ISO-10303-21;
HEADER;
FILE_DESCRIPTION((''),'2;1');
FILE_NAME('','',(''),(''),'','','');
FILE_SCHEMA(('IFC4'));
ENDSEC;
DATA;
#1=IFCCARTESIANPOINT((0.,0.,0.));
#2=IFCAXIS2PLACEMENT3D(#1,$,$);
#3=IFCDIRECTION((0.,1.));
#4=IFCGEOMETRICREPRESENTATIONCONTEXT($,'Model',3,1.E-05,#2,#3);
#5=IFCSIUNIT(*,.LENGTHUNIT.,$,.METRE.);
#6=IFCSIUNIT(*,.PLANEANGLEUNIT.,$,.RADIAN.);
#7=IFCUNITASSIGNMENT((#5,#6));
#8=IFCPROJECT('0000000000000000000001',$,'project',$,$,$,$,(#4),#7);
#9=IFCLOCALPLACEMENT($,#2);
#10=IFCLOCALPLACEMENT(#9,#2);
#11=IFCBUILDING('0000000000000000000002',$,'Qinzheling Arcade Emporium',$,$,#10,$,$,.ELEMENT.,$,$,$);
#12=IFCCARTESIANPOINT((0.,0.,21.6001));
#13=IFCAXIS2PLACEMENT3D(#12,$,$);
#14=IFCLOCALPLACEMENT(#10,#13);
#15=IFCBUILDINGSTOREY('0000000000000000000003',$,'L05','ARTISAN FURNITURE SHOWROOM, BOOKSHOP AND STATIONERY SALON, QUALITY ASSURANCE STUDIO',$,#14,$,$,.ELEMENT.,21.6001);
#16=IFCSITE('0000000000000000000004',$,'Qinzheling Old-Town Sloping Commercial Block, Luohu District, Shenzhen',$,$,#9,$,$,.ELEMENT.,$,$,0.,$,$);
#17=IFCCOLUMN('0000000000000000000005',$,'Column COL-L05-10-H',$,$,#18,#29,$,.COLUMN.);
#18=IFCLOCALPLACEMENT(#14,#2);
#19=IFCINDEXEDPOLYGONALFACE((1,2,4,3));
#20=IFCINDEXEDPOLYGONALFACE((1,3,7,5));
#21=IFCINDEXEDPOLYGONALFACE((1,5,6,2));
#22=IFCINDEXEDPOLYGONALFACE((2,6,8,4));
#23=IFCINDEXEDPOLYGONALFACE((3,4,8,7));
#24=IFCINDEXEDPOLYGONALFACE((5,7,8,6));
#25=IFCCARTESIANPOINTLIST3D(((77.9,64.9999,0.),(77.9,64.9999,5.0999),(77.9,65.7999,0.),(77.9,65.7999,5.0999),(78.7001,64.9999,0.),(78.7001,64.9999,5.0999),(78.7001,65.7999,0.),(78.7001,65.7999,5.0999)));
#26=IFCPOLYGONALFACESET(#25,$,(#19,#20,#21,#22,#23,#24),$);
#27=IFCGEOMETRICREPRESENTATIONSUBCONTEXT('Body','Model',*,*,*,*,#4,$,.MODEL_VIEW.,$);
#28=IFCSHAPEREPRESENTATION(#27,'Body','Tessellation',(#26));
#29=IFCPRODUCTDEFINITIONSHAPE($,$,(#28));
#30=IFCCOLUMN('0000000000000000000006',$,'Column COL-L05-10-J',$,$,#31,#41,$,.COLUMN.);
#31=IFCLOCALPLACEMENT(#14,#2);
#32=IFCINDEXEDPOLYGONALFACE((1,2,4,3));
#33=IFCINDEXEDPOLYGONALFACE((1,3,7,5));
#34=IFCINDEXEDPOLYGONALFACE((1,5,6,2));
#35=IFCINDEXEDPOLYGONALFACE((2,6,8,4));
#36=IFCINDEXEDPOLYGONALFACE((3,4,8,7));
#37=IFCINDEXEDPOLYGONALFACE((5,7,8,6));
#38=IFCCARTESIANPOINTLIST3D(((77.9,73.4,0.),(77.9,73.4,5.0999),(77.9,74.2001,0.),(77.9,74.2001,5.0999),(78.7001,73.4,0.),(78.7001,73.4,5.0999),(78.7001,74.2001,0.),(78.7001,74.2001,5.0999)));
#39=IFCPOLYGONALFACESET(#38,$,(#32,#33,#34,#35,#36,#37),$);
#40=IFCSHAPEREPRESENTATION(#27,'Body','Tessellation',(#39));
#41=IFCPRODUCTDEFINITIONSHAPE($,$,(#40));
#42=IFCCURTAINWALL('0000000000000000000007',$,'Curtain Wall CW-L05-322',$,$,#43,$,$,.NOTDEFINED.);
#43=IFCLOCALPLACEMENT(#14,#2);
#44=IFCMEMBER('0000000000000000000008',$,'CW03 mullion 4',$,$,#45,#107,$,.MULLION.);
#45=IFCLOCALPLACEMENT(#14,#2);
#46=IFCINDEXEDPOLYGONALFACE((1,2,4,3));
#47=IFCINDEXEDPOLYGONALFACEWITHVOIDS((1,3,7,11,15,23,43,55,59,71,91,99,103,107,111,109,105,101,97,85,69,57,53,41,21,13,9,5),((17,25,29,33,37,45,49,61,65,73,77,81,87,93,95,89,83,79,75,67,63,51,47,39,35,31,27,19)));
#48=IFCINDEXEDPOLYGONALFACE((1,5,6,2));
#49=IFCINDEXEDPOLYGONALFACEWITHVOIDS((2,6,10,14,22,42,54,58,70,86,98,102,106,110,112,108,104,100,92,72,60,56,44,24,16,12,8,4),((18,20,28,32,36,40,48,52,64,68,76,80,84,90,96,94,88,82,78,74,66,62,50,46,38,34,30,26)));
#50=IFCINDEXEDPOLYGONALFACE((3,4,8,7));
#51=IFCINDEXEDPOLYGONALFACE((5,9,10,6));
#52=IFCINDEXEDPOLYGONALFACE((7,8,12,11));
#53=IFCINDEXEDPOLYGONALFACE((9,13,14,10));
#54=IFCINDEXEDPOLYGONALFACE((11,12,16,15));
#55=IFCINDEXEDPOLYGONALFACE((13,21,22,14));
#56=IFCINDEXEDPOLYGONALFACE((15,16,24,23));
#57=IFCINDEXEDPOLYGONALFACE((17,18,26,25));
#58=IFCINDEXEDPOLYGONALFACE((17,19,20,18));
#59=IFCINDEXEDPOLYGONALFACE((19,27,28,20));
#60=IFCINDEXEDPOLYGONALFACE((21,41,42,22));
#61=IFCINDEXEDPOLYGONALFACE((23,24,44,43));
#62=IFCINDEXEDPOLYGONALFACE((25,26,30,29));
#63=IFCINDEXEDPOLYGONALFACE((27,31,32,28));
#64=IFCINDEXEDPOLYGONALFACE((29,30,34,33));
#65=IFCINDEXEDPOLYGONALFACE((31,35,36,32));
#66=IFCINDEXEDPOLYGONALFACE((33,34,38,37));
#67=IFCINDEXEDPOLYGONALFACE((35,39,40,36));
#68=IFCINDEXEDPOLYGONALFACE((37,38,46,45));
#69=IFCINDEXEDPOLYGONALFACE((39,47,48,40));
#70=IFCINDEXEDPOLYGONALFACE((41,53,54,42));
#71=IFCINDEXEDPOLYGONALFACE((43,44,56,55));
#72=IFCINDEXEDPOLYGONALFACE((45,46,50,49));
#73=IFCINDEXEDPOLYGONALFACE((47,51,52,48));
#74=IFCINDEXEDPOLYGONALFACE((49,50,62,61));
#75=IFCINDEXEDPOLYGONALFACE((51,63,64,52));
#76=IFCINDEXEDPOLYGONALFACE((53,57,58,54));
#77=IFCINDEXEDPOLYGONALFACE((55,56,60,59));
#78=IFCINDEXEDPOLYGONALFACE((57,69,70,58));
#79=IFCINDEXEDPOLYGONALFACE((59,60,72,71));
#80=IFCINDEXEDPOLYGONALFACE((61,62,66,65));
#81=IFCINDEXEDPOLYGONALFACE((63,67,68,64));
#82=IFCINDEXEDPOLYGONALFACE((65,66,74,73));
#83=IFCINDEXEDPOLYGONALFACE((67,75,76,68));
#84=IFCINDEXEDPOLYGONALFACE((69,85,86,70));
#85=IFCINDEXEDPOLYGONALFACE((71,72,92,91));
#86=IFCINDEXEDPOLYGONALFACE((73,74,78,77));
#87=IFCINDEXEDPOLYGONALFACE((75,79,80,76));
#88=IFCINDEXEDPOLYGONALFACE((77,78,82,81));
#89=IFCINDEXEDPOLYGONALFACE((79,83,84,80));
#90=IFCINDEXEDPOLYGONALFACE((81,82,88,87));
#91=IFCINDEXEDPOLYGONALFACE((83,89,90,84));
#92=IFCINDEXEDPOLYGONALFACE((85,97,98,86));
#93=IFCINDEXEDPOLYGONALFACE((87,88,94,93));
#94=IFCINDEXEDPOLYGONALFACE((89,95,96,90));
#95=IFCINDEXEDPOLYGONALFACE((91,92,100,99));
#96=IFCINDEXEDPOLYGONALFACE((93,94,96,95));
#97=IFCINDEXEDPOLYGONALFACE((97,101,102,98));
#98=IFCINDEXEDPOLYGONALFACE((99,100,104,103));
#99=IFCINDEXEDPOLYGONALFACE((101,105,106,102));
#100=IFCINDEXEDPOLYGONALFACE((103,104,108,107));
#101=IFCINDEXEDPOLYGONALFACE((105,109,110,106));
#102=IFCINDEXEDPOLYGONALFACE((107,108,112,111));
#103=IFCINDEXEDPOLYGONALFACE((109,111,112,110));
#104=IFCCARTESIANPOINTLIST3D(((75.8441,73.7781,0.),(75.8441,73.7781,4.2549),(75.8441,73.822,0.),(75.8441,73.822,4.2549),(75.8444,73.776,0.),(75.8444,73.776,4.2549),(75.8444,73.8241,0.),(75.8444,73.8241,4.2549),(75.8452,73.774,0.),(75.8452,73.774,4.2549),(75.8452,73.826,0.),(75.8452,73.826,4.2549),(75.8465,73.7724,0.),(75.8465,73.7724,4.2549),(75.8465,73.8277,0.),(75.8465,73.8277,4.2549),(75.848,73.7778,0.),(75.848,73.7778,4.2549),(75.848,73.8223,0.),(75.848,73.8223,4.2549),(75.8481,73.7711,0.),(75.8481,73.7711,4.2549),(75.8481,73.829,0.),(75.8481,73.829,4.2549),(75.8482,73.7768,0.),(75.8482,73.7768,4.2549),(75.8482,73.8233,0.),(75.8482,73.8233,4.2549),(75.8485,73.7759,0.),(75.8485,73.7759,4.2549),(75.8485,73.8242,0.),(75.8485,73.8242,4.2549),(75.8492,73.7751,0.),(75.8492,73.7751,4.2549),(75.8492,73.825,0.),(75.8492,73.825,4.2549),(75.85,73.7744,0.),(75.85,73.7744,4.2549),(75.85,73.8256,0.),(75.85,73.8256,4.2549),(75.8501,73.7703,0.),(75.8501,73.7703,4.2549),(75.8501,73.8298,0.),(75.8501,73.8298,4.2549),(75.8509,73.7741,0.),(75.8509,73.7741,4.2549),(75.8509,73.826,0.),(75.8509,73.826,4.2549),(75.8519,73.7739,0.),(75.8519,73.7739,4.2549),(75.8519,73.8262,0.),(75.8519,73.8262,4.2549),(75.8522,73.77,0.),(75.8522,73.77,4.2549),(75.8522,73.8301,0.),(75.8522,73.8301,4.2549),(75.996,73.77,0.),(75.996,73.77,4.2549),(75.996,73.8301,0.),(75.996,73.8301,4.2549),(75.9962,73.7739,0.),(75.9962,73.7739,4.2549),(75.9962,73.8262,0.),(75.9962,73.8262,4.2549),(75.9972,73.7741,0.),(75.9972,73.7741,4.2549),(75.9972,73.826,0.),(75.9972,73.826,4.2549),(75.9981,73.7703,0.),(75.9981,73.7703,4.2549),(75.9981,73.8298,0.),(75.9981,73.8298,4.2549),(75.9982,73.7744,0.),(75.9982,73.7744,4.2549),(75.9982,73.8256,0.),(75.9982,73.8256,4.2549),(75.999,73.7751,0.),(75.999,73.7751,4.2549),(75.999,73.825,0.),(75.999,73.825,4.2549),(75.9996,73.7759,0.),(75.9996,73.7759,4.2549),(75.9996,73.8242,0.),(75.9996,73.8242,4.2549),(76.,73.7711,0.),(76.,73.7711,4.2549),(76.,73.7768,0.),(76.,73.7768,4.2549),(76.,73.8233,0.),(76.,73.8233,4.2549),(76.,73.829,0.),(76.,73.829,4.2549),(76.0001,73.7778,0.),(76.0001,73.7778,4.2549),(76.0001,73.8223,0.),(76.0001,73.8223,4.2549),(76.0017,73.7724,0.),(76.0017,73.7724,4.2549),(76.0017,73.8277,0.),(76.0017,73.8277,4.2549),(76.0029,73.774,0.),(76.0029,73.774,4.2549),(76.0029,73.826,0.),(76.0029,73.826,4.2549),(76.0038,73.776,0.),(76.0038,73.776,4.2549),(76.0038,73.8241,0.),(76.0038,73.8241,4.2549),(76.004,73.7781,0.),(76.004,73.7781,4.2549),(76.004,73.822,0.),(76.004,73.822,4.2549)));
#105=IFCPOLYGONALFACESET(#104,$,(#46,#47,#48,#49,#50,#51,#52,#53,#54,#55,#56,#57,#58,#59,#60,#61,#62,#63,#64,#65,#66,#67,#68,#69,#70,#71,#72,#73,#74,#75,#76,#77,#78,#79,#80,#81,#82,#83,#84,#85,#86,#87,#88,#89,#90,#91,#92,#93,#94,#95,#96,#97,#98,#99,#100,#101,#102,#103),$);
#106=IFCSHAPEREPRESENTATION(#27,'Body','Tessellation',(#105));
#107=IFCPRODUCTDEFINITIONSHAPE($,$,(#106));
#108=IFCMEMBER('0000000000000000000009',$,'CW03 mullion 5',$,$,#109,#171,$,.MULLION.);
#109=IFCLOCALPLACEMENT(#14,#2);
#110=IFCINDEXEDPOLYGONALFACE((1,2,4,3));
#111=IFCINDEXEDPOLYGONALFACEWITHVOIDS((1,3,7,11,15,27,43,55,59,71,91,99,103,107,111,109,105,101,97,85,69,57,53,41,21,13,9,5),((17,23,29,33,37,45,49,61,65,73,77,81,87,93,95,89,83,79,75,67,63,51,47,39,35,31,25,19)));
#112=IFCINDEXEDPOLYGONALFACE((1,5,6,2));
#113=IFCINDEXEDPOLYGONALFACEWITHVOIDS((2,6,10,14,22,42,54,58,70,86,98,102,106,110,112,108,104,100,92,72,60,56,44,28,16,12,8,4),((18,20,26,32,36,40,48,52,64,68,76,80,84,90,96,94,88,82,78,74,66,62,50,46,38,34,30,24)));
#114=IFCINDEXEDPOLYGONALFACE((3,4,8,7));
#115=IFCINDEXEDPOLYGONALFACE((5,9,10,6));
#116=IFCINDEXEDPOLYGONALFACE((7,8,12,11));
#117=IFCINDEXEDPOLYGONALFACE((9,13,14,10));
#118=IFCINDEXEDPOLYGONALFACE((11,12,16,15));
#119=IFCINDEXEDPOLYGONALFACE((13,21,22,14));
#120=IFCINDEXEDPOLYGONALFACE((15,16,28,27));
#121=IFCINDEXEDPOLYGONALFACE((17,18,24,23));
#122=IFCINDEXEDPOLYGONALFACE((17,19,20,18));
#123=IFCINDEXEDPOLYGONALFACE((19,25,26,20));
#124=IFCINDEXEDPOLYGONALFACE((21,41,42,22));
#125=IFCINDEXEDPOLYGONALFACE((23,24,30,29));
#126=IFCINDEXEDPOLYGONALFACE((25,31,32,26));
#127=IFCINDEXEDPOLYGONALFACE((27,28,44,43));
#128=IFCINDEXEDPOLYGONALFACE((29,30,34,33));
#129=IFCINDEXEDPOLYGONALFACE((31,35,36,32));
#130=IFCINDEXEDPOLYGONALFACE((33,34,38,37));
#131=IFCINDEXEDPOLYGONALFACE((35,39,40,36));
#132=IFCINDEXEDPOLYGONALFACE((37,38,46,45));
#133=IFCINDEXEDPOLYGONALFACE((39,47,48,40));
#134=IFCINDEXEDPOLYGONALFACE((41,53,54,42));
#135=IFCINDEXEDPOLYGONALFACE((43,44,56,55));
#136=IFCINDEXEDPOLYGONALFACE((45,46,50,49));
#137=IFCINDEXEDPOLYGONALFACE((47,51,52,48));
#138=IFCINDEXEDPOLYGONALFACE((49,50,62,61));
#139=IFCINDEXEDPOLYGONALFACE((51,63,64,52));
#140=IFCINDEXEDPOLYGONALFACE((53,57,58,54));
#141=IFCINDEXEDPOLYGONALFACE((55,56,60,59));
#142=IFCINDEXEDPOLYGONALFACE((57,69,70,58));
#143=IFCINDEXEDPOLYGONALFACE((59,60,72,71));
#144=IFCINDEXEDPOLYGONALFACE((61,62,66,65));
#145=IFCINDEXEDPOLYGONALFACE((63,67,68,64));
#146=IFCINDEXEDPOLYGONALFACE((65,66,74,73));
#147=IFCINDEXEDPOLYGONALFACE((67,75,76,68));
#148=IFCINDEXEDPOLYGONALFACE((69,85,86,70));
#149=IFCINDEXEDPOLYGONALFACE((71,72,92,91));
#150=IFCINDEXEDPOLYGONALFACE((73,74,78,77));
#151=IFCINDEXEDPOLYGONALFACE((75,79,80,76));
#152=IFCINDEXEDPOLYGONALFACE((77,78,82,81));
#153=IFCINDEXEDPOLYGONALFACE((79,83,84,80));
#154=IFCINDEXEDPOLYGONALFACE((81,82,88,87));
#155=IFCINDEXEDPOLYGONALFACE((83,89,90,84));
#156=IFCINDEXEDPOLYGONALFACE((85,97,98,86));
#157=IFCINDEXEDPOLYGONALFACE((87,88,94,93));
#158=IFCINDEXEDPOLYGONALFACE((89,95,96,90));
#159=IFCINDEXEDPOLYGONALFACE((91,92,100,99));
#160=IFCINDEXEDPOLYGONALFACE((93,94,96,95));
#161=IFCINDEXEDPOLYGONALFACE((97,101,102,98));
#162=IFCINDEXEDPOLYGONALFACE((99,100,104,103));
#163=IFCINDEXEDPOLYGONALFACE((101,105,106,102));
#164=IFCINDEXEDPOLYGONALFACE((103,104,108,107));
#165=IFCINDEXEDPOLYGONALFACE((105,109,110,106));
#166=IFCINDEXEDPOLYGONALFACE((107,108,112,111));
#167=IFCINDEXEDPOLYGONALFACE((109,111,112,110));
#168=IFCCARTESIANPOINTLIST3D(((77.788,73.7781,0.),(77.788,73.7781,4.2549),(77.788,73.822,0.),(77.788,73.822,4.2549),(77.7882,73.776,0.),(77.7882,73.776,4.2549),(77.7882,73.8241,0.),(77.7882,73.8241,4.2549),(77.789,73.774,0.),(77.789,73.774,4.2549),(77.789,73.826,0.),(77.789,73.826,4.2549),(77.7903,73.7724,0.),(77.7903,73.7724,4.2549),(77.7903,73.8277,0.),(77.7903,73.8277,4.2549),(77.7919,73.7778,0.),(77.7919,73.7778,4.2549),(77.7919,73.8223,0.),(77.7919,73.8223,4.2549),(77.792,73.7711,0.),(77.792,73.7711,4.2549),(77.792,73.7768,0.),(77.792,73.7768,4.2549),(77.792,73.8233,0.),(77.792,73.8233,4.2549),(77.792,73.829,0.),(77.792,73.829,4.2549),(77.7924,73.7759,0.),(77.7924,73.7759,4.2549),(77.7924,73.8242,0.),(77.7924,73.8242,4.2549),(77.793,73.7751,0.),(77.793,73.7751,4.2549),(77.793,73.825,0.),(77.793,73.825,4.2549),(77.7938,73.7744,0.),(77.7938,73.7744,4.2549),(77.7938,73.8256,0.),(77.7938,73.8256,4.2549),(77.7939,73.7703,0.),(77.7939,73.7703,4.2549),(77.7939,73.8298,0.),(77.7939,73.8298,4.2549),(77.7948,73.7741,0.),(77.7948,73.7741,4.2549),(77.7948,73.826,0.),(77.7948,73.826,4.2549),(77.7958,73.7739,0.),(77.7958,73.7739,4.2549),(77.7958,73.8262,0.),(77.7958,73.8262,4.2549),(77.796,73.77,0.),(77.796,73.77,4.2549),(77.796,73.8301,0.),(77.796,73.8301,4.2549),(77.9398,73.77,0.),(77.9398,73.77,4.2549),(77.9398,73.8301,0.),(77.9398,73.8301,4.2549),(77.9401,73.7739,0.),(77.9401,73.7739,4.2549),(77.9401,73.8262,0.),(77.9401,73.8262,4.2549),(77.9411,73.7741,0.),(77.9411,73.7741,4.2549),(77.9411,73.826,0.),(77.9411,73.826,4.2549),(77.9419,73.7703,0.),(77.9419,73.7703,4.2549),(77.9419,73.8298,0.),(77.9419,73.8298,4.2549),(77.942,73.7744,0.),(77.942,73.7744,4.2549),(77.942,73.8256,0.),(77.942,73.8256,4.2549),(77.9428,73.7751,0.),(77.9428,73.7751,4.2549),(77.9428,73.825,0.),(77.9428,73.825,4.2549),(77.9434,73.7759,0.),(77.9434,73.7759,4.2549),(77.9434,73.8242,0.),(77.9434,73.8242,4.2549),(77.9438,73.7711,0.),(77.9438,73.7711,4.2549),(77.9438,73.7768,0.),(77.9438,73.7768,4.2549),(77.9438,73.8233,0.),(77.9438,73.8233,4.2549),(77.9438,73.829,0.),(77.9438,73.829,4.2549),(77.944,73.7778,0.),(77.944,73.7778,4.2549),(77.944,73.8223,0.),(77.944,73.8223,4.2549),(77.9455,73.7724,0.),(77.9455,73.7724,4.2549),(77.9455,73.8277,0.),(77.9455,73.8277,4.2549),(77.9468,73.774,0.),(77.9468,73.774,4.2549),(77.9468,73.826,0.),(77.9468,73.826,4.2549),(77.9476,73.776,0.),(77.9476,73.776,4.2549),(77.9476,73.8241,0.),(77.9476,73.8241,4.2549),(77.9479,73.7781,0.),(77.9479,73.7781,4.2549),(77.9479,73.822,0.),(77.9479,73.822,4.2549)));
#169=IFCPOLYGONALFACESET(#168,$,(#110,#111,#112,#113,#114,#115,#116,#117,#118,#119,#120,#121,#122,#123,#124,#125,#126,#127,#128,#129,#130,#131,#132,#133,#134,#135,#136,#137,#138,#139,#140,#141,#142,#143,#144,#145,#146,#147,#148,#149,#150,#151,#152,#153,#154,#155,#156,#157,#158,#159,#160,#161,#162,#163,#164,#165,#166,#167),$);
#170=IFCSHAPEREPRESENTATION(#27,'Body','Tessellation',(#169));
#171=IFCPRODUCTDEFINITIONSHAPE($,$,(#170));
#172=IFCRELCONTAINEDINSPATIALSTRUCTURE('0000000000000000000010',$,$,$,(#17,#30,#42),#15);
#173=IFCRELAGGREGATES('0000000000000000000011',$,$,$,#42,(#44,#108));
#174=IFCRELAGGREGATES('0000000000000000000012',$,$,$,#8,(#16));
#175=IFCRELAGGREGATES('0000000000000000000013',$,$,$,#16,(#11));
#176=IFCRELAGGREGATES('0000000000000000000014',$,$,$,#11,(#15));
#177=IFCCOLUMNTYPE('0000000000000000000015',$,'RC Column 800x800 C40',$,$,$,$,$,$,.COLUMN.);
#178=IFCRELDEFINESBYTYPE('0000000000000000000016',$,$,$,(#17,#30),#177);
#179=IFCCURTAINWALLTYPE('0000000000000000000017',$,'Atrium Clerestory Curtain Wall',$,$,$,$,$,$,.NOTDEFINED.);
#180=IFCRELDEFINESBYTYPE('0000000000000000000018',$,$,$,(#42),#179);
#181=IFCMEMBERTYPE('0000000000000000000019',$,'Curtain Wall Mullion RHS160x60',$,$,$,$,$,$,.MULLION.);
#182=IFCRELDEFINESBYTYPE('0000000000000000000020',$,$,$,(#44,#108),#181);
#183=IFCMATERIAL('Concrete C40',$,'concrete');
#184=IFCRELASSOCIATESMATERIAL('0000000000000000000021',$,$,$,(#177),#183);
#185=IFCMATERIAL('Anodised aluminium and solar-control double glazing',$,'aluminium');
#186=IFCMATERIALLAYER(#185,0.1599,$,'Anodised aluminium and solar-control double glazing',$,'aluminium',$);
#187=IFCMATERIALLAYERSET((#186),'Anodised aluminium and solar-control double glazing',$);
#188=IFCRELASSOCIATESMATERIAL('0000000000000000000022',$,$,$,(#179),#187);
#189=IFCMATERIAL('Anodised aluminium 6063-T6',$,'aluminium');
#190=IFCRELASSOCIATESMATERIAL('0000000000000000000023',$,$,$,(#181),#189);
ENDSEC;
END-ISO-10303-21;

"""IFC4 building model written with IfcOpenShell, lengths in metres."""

from ifc_helpers import new_model, si_unit, direction, frame, origin, origin_2d, place, context, subcontext, project, spatial, rectangle, hollow_rectangle, extrude, material, layer, layer_set, material_profile, profile_set, type_object, element, aggregate, save


model = new_model("IFC4")

# Units and contexts
model_context = context("Model", 3, precision=1e-05, world=origin(), true_north=direction((0.0, 1.0)))
body_context = subcontext(model_context, "Body", "Model", "MODEL_VIEW")
ifc_project = project(units=[si_unit("LENGTHUNIT", "METRE"), si_unit("PLANEANGLEUNIT", "RADIAN")], contexts=[model_context])

# Site, building, storey
site_placement = place(None, origin())
site = spatial("IfcSite", under=ifc_project, at=site_placement, Name="Qinzheling Old-Town Sloping Commercial Block, Luohu District, Shenzhen", CompositionType="ELEMENT", RefElevation=0.0)
building_placement = place(site_placement, origin())
building = spatial("IfcBuilding", under=site, at=building_placement, Name="Qinzheling Arcade Emporium", CompositionType="ELEMENT")
storey_placement = place(building_placement, frame((0.0, 0.0, 21.6001)))
storey = spatial("IfcBuildingStorey", under=building, at=storey_placement, Name="L05", Description="ARTISAN FURNITURE SHOWROOM, BOOKSHOP AND STATIONERY SALON, QUALITY ASSURANCE STUDIO", CompositionType="ELEMENT", Elevation=21.6001)

# Columns
ifc_material_1 = material(Name="Concrete C40", Category="concrete")
ifc_material_profile_1 = material_profile(ifc_material_1, rectangle(XDim=0.8, YDim=0.8, at=origin_2d()), Name="RC 800x800", Category="concrete")
ifc_profile_set_1 = profile_set([ifc_material_profile_1], Name="Concrete C40")
column_type = type_object("IfcColumnType", Name="RC Column 800x800 C40", PredefinedType="COLUMN", material=ifc_profile_set_1)
for number, where, z_axis, x_axis, name in (
    (1, (78.3, 65.3999, 0.0), (0.0, 0.0, 1.0), (1.0, 0.0, 0.0), "Column COL-L05-10-H"),
    (2, (78.3, 73.8, 0.0), (0.0, 0.0, 1.0), (1.0, 0.0, 0.0), "Column COL-L05-10-J"),
):
    element("IfcColumn", number, at=place(storey_placement, frame(where, z_axis=z_axis, x_axis=x_axis)), inside=storey, type_object=column_type, Name=name, PredefinedType="COLUMN", context=body_context, shape_type="SweptSolid", body=[
        extrude(rectangle(XDim=0.8, YDim=0.8, at=origin_2d()), origin(), (0.0, 0.0, 1.0), 5.0999),
    ])

# Curtain wall, members
ifc_material_2 = material(Name="Anodised aluminium and solar-control double glazing", Category="aluminium")
ifc_layer_1 = layer(ifc_material_2, 0.1599, Name="Anodised aluminium and solar-control double glazing", Category="aluminium")
ifc_layer_set_1 = layer_set([ifc_layer_1], Name="Anodised aluminium and solar-control double glazing")
curtain_wall_type = type_object("IfcCurtainWallType", Name="Atrium Clerestory Curtain Wall", PredefinedType="NOTDEFINED", material=ifc_layer_set_1)
curtain_wall_1_placement = place(storey_placement, origin())
curtain_wall_1 = element("IfcCurtainWall", 3, at=curtain_wall_1_placement, inside=storey, type_object=curtain_wall_type, Name="Curtain Wall CW-L05-322", PredefinedType="NOTDEFINED")
ifc_material_3 = material(Name="Anodised aluminium 6063-T6", Category="aluminium")
ifc_material_profile_2 = material_profile(ifc_material_3, hollow_rectangle(XDim=0.0601, YDim=0.1599, WallThickness=0.0039, InnerFilletRadius=0.0039, OuterFilletRadius=0.0081, at=origin_2d()), Name="RHS 160x60x4", Category="aluminium")
ifc_profile_set_2 = profile_set([ifc_material_profile_2], Name="Anodised aluminium 6063-T6")
member_type_1 = type_object("IfcMemberType", Name="Curtain Wall Mullion RHS160x60", PredefinedType="MULLION", material=ifc_profile_set_2)
member_1_placement = place(storey_placement, frame((75.9241, 73.8, 0.0), z_axis=(0.0, 0.0, 1.0), x_axis=(0.0, 1.0, 0.0)))
member_1 = element("IfcMember", 4, at=member_1_placement, type_object=member_type_1, Name="CW03 mullion 4", PredefinedType="MULLION", context=body_context, shape_type="SweptSolid", body=[
    extrude(hollow_rectangle(XDim=0.0601, YDim=0.1599, WallThickness=0.0039, InnerFilletRadius=0.0039, OuterFilletRadius=0.0081, at=origin_2d()), origin(), (0.0, 0.0, 1.0), 4.2549),
])
member_2_placement = place(storey_placement, frame((77.8679, 73.8, 0.0), z_axis=(0.0, 0.0, 1.0), x_axis=(0.0, 1.0, 0.0)))
member_2 = element("IfcMember", 5, at=member_2_placement, type_object=member_type_1, Name="CW03 mullion 5", PredefinedType="MULLION", context=body_context, shape_type="SweptSolid", body=[
    extrude(hollow_rectangle(XDim=0.0601, YDim=0.1599, WallThickness=0.0039, InnerFilletRadius=0.0039, OuterFilletRadius=0.0081, at=origin_2d()), origin(), (0.0, 0.0, 1.0), 4.2549),
])

aggregate(curtain_wall_1, [member_1, member_2])

save(model, "model.ifc")
